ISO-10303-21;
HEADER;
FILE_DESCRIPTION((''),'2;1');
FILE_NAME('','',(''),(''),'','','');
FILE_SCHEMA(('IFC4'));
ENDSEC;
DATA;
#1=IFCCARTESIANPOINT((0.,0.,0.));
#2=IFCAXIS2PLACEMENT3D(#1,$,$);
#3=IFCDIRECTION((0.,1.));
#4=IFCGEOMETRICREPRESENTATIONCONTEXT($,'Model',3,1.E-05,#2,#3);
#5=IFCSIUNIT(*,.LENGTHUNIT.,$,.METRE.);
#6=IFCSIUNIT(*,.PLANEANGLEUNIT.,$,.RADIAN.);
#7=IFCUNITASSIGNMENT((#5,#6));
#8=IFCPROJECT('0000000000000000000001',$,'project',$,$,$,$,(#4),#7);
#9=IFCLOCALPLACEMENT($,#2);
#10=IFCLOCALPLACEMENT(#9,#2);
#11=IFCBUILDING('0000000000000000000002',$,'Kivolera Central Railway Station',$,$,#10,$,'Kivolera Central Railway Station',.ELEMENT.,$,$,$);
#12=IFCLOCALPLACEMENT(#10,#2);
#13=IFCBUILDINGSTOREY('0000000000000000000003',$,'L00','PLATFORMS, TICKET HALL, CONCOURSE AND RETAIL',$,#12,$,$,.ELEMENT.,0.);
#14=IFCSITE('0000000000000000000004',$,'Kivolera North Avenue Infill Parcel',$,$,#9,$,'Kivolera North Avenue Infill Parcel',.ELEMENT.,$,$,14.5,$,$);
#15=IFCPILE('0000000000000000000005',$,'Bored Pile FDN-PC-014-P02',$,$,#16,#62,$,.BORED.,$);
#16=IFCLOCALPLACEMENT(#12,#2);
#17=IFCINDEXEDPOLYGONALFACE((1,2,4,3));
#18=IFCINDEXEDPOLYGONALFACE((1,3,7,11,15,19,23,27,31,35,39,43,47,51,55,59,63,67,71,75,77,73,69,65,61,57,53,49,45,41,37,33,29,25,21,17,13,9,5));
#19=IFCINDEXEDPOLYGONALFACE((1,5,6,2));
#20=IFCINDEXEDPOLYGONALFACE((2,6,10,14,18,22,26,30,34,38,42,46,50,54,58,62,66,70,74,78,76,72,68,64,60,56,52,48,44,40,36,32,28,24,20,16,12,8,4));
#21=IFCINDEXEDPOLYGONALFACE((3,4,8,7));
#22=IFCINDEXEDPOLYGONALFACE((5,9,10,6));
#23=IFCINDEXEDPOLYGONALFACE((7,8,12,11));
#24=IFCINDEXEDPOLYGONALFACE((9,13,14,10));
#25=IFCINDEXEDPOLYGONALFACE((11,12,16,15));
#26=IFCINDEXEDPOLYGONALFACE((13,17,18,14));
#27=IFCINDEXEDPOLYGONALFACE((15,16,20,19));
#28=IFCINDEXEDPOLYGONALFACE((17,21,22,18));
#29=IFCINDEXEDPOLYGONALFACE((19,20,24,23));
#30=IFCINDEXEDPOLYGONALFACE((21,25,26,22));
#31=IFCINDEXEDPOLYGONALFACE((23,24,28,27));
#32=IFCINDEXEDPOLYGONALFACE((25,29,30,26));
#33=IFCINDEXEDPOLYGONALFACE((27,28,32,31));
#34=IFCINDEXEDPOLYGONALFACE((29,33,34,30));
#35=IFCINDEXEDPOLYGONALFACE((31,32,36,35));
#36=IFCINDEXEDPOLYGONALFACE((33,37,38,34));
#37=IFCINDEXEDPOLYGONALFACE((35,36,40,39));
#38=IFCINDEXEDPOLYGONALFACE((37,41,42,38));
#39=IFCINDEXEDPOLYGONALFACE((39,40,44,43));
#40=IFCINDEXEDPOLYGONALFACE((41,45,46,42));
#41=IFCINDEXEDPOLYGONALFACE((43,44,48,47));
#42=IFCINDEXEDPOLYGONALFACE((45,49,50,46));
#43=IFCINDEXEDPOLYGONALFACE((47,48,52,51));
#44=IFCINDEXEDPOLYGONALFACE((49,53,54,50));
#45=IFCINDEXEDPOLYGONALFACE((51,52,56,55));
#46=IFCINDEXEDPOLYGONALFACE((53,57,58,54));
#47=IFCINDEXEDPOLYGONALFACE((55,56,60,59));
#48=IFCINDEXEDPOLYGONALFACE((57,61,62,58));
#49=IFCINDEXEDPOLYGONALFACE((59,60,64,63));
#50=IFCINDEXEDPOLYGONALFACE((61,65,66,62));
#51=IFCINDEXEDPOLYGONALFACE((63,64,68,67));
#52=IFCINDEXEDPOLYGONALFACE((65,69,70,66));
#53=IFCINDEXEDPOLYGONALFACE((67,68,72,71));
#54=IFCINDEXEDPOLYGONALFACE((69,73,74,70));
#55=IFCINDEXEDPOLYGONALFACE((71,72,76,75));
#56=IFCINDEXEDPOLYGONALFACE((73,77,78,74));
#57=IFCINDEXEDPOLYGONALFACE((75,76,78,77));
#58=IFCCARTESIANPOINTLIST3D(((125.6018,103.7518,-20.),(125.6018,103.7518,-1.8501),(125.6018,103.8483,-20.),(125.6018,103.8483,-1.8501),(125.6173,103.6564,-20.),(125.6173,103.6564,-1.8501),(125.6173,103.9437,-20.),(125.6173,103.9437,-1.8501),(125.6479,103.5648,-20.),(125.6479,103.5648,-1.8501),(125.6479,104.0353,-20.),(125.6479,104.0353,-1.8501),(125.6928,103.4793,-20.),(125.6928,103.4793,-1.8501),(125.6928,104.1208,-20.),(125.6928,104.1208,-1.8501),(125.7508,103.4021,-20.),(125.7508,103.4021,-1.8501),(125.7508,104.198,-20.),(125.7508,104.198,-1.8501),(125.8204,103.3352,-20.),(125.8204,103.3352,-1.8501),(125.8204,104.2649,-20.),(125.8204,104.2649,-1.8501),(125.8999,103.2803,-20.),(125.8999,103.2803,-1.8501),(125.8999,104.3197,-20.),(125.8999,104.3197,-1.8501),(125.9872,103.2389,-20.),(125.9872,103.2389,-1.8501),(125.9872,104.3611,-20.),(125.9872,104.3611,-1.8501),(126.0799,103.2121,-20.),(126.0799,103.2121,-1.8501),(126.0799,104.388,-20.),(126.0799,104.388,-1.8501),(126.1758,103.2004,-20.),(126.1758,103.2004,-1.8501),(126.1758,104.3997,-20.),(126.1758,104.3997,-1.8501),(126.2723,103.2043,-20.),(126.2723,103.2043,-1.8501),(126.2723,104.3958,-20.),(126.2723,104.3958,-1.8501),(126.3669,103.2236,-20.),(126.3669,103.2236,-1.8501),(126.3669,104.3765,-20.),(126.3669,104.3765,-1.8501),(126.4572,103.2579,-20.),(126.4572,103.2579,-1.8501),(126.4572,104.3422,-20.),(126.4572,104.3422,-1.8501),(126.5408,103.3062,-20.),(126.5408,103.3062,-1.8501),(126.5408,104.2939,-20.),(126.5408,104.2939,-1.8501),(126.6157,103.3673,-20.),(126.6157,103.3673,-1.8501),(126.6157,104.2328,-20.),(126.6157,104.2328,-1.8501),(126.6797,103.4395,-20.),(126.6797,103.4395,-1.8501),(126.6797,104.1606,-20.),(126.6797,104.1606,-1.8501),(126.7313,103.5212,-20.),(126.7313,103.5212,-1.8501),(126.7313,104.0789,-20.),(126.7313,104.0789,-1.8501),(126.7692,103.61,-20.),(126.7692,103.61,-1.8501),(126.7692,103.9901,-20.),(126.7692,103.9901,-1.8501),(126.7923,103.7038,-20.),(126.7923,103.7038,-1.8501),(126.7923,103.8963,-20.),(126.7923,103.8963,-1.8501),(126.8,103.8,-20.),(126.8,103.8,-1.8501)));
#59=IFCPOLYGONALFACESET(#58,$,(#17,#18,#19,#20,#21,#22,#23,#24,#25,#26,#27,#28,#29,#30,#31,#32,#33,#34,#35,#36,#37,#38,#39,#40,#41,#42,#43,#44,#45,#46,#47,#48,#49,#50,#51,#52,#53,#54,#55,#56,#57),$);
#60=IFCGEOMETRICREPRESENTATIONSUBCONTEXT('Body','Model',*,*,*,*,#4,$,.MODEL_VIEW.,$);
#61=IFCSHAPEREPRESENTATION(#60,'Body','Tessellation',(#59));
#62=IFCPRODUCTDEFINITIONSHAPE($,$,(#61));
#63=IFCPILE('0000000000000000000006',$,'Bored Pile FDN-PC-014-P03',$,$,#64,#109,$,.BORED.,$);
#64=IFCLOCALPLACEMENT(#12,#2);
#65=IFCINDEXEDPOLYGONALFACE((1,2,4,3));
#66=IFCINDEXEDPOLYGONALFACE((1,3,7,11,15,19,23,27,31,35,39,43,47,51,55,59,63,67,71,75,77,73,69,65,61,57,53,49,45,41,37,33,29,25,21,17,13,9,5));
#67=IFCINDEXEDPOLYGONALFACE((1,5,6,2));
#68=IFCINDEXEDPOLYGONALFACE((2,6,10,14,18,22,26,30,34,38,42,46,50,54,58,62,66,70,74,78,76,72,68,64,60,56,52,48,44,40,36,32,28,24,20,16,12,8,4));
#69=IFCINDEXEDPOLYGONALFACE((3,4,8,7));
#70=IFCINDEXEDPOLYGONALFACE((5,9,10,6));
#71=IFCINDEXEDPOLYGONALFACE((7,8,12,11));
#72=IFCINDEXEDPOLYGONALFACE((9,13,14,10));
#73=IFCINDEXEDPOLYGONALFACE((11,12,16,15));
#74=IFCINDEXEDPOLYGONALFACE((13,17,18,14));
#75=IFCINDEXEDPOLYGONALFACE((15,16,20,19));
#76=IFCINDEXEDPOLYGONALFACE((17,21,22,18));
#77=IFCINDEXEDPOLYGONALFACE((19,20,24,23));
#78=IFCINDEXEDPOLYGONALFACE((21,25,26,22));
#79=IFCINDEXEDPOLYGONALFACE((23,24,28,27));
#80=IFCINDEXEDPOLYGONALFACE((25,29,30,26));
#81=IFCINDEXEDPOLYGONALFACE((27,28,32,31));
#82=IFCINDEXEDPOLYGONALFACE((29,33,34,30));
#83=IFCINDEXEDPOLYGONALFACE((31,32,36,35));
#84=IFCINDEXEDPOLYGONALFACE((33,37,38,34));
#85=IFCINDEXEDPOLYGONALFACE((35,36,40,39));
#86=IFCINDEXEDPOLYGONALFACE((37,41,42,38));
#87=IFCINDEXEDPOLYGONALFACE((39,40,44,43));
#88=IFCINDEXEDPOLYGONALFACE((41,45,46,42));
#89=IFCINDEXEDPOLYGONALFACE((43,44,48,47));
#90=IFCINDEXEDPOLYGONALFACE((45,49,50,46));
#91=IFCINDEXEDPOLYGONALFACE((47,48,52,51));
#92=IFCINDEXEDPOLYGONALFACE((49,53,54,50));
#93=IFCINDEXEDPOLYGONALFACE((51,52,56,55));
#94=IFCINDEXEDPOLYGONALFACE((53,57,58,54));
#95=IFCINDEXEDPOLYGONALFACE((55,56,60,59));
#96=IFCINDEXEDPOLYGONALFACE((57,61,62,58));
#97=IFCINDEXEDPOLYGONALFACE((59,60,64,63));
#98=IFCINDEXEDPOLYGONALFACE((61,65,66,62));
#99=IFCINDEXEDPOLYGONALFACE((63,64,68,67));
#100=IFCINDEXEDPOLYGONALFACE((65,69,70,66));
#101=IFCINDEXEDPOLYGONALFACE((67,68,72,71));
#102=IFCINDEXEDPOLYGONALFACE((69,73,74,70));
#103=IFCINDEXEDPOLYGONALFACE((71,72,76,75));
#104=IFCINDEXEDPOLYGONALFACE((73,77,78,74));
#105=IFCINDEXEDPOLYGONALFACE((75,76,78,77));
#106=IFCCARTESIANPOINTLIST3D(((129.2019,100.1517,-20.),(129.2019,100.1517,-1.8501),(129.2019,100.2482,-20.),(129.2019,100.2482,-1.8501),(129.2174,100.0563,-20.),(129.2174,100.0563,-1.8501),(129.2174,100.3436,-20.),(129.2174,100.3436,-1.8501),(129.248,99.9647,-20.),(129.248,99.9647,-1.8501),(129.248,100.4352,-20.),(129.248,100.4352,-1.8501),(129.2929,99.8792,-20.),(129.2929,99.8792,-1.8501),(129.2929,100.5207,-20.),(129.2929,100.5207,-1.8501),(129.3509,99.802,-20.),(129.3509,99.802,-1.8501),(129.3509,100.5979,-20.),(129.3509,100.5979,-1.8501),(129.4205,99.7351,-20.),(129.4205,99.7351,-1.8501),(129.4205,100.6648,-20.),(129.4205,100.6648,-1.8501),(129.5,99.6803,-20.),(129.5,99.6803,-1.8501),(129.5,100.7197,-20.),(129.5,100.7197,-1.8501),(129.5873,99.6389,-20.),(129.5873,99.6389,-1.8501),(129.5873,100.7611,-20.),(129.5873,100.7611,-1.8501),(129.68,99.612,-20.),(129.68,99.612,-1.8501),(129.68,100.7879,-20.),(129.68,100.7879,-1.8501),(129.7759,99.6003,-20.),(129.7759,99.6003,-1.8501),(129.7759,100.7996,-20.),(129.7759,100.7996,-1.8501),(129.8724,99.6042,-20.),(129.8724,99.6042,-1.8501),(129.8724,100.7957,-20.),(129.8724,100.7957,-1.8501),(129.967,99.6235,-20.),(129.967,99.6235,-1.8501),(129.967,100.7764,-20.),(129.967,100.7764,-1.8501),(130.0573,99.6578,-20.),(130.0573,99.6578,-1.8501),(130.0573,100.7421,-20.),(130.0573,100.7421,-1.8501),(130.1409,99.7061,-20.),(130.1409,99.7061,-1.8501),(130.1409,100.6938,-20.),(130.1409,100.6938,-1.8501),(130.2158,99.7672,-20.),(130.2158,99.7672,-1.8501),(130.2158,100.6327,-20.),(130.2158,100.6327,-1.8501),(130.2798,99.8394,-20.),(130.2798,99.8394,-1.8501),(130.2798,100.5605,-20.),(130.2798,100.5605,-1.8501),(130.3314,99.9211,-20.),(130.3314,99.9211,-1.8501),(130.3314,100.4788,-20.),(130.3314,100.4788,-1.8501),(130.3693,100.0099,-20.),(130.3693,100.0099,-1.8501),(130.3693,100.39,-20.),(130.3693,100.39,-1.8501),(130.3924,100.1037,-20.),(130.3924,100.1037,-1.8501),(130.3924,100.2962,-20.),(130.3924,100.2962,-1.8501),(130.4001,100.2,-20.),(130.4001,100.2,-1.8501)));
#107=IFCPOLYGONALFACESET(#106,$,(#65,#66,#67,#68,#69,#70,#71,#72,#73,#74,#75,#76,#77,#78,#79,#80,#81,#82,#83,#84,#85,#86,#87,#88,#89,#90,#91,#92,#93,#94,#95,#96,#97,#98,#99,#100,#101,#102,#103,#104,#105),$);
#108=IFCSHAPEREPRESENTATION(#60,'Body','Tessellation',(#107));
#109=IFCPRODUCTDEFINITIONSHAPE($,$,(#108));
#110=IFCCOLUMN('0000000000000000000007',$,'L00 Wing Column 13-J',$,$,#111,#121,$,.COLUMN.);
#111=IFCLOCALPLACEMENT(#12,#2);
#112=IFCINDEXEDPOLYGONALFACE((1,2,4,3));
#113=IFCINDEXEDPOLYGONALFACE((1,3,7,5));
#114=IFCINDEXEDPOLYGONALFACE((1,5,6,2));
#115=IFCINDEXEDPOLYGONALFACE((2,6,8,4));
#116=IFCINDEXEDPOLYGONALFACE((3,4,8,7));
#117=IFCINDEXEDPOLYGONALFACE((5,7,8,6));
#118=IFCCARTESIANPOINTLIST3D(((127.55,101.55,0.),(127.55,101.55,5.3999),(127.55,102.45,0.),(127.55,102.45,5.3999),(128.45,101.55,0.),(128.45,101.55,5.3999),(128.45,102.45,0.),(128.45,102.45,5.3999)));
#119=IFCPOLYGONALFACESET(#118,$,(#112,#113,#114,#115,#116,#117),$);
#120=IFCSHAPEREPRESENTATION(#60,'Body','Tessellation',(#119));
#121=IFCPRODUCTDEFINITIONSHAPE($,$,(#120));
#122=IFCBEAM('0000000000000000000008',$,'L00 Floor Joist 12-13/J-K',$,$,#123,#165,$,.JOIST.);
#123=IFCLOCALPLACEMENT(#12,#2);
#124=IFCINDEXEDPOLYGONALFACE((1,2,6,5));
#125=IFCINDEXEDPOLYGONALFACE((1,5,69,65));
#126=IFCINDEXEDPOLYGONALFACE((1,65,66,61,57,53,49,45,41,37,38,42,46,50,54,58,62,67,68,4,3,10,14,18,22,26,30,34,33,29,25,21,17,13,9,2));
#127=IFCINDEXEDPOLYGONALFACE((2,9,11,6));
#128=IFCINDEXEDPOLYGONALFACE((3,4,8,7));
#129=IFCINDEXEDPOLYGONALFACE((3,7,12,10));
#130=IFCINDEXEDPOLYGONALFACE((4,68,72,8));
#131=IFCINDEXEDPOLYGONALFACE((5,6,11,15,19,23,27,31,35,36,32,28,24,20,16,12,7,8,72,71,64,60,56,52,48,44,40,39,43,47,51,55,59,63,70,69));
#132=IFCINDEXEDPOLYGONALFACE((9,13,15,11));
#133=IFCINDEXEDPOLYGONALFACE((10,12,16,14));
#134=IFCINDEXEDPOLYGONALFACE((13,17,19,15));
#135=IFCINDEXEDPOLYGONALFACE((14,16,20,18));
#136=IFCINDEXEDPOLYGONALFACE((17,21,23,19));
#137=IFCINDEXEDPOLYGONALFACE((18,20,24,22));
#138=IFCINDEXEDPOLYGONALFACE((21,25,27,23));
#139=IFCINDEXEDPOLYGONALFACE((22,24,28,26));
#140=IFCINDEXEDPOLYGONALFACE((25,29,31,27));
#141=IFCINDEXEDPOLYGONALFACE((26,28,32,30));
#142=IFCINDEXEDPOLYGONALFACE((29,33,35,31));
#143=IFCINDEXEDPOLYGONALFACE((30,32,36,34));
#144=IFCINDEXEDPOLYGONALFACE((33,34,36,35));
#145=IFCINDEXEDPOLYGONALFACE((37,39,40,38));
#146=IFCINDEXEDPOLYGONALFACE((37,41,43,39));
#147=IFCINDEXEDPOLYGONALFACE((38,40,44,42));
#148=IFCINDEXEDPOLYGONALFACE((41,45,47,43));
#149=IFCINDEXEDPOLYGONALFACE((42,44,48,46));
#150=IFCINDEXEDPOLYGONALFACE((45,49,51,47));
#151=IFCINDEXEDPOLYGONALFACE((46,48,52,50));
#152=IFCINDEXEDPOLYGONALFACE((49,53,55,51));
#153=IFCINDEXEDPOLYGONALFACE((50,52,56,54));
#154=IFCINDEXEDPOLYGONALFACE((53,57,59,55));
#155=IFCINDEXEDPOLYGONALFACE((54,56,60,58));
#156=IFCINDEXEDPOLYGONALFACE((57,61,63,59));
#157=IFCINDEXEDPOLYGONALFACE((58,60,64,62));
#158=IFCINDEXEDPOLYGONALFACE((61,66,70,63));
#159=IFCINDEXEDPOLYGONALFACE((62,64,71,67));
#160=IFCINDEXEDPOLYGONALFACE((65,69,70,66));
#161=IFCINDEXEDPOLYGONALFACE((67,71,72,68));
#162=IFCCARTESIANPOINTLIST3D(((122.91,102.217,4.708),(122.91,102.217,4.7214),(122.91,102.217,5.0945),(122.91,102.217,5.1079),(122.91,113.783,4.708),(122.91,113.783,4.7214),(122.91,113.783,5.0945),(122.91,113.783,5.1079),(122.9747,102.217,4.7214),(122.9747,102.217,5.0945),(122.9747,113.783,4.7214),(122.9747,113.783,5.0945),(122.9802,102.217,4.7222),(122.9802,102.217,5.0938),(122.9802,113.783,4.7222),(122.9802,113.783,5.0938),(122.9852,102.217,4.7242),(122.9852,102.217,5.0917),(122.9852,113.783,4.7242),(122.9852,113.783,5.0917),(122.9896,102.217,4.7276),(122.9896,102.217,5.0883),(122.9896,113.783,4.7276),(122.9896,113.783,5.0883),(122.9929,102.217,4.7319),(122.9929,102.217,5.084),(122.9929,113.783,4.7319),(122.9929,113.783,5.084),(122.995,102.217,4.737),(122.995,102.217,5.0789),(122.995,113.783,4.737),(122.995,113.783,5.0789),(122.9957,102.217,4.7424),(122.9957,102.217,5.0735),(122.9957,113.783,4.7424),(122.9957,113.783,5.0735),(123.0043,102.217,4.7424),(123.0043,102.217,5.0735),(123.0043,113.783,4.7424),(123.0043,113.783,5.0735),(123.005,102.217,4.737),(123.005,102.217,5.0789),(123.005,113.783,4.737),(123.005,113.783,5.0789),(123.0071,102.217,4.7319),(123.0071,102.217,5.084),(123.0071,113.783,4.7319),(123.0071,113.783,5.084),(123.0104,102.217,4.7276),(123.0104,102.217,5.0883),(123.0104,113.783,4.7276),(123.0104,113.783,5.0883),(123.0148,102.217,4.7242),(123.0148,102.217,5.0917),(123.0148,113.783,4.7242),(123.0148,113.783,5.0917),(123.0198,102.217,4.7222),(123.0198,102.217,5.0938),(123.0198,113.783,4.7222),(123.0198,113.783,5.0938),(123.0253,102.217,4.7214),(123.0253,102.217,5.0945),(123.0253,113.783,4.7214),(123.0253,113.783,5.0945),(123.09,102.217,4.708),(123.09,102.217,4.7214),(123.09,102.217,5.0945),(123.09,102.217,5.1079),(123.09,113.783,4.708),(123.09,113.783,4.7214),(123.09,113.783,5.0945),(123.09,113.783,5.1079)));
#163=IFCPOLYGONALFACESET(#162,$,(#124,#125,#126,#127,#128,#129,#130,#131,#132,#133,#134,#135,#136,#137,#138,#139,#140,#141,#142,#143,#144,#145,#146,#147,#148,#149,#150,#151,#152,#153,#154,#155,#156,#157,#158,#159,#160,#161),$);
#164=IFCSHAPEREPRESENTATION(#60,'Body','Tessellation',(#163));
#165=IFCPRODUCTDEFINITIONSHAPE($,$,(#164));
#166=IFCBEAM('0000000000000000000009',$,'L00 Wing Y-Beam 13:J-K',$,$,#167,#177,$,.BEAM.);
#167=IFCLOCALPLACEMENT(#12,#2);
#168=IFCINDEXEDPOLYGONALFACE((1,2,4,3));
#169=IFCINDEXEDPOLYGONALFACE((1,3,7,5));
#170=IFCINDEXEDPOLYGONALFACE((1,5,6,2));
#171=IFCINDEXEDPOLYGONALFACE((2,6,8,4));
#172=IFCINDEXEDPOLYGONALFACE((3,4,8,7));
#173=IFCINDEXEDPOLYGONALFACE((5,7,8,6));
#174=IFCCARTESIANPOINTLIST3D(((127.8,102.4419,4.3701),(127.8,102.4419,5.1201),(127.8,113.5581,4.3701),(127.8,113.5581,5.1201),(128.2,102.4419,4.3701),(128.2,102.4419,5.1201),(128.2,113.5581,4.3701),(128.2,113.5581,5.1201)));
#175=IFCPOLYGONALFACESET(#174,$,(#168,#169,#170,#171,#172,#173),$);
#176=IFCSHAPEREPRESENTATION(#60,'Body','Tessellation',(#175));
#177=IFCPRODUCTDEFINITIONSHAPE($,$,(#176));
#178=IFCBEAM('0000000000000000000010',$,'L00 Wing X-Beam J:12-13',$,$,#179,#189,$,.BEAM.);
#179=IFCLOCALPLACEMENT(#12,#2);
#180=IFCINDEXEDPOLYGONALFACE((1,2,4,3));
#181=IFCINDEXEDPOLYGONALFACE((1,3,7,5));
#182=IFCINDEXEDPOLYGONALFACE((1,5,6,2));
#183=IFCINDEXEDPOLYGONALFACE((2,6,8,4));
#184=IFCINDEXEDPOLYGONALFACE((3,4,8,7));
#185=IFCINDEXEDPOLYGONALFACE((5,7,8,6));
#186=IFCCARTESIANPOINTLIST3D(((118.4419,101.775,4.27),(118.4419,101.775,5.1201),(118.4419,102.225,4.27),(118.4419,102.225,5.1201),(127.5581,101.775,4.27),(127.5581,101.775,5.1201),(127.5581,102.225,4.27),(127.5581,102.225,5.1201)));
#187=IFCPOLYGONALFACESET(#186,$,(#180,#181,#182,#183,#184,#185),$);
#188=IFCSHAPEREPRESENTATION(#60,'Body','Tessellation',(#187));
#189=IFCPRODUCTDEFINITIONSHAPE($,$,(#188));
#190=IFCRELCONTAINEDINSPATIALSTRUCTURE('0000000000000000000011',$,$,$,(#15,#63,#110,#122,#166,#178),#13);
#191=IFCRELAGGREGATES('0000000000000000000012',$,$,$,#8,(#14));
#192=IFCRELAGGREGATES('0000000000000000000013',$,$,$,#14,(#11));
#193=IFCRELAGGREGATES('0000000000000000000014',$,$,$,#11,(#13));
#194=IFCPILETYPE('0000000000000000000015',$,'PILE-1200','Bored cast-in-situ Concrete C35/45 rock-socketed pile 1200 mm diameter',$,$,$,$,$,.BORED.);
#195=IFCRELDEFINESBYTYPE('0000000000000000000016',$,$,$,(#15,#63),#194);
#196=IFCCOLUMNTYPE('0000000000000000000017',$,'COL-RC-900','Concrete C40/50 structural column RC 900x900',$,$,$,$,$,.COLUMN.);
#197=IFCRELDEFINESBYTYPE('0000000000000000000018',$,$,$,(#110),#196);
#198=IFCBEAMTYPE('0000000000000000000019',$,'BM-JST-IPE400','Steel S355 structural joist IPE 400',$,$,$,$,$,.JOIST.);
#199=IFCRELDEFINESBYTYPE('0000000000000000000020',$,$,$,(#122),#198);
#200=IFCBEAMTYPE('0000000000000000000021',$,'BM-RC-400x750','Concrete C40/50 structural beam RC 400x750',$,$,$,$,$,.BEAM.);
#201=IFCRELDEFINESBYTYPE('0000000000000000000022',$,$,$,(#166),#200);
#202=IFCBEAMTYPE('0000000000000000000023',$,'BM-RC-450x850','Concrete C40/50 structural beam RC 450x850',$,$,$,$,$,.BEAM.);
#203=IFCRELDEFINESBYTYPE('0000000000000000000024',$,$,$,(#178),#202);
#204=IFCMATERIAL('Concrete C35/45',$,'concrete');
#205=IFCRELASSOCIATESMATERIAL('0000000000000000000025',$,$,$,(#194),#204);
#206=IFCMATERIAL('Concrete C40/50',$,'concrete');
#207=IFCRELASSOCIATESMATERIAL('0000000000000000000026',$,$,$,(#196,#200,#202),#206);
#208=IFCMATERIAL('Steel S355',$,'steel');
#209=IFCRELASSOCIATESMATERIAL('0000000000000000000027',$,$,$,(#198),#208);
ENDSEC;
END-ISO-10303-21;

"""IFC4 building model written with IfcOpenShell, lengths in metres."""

from ifc_helpers import new_model, si_unit, direction, frame, origin, origin_2d, place, context, subcontext, project, spatial, rectangle, circle, i_section, extrude, material, material_profile, profile_set, type_object, element, save


model = new_model("IFC4")

# Units and contexts
model_context = context("Model", 3, precision=1e-05, world=origin(), true_north=direction((0.0, 1.0)))
body_context = subcontext(model_context, "Body", "Model", "MODEL_VIEW")
ifc_project = project(units=[si_unit("LENGTHUNIT", "METRE"), si_unit("PLANEANGLEUNIT", "RADIAN")], contexts=[model_context])

# Site, building, storey
site_placement = place(None, origin())
site = spatial("IfcSite", under=ifc_project, at=site_placement, Name="Kivolera North Avenue Infill Parcel", LongName="Kivolera North Avenue Infill Parcel", CompositionType="ELEMENT", RefElevation=14.5)
building_placement = place(site_placement, origin())
building = spatial("IfcBuilding", under=site, at=building_placement, Name="Kivolera Central Railway Station", LongName="Kivolera Central Railway Station", CompositionType="ELEMENT")
storey_placement = place(building_placement, origin())
storey = spatial("IfcBuildingStorey", under=building, at=storey_placement, Name="L00", Description="PLATFORMS, TICKET HALL, CONCOURSE AND RETAIL", CompositionType="ELEMENT", Elevation=0.0)

# Shared definitions
ifc_material_1 = material(Name="Concrete C35/45", Category="concrete")

# Piles
ifc_material_profile_1 = material_profile(ifc_material_1, circle(Radius=0.6001, at=origin_2d()), Name="PILE D1200")
ifc_profile_set_1 = profile_set([ifc_material_profile_1], Name="Concrete C35/45")
pile_type = type_object("IfcPileType", Name="PILE-1200", Description="Bored cast-in-situ Concrete C35/45 rock-socketed pile 1200 mm diameter", PredefinedType="BORED", material=ifc_profile_set_1)
for number, where, z_axis, x_axis, name in (
    (1, (126.2, 103.8, -1.8501), (0.0, 0.0, -1.0), (1.0, 0.0, 0.0), "Bored Pile FDN-PC-014-P02"),
    (2, (129.8, 100.2, -1.8501), (0.0, 0.0, -1.0), (1.0, 0.0, 0.0), "Bored Pile FDN-PC-014-P03"),
):
    element("IfcPile", number, at=place(storey_placement, frame(where, z_axis=z_axis, x_axis=x_axis)), inside=storey, type_object=pile_type, Name=name, PredefinedType="BORED", context=body_context, shape_type="SweptSolid", body=[
        extrude(circle(Radius=0.6001, at=origin_2d()), origin(), (0.0, 0.0, 1.0), 18.1499),
    ])

# Column
ifc_material_2 = material(Name="Concrete C40/50", Category="concrete")
ifc_material_profile_2 = material_profile(ifc_material_2, rectangle(XDim=0.8999, YDim=0.8999, at=origin_2d()), Name="RC 900x900")
ifc_profile_set_2 = profile_set([ifc_material_profile_2], Name="Concrete C40/50")
column_type = type_object("IfcColumnType", Name="COL-RC-900", Description="Concrete C40/50 structural column RC 900x900", PredefinedType="COLUMN", material=ifc_profile_set_2)
column_placement = place(storey_placement, frame((128.0, 102.0, 0.0), z_axis=(0.0, 0.0, 1.0), x_axis=(1.0, 0.0, 0.0)))
element("IfcColumn", 3, at=column_placement, inside=storey, type_object=column_type, Name="L00 Wing Column 13-J", PredefinedType="COLUMN", context=body_context, shape_type="SweptSolid", body=[
    extrude(rectangle(XDim=0.8999, YDim=0.8999, at=origin_2d()), origin(), (0.0, 0.0, 1.0), 5.3999),
])

# Beams
ifc_material_3 = material(Name="Steel S355", Category="steel")
ifc_material_profile_3 = material_profile(ifc_material_3, i_section(OverallWidth=0.1799, OverallDepth=0.3999, WebThickness=0.0085, FlangeThickness=0.0134, FilletRadius=0.021, at=origin_2d()), Name="IPE 400")
ifc_profile_set_3 = profile_set([ifc_material_profile_3], Name="Steel S355")
beam_type_1 = type_object("IfcBeamType", Name="BM-JST-IPE400", Description="Steel S355 structural joist IPE 400", PredefinedType="JOIST", material=ifc_profile_set_3)
beam_1_placement = place(storey_placement, frame((123.0, 102.217, 4.908), z_axis=(0.0, 1.0, 0.0), x_axis=(-1.0, 0.0, 0.0)))
element("IfcBeam", 4, at=beam_1_placement, inside=storey, type_object=beam_type_1, Name="L00 Floor Joist 12-13/J-K", PredefinedType="JOIST", context=body_context, shape_type="SweptSolid", body=[
    extrude(i_section(OverallWidth=0.1799, OverallDepth=0.3999, WebThickness=0.0085, FlangeThickness=0.0134, FilletRadius=0.021, at=origin_2d()), origin(), (0.0, 0.0, 1.0), 11.5659),
])
ifc_material_profile_4 = material_profile(ifc_material_2, rectangle(XDim=0.3999, YDim=0.75, at=origin_2d()), Name="RC 400x750")
ifc_profile_set_4 = profile_set([ifc_material_profile_4], Name="Concrete C40/50")
beam_type_2 = type_object("IfcBeamType", Name="BM-RC-400x750", Description="Concrete C40/50 structural beam RC 400x750", PredefinedType="BEAM", material=ifc_profile_set_4)
beam_2_placement = place(storey_placement, frame((128.0, 102.4419, 4.7451), z_axis=(0.0, 1.0, 0.0), x_axis=(-1.0, 0.0, 0.0)))
element("IfcBeam", 5, at=beam_2_placement, inside=storey, type_object=beam_type_2, Name="L00 Wing Y-Beam 13:J-K", PredefinedType="BEAM", context=body_context, shape_type="SweptSolid", body=[
    extrude(rectangle(XDim=0.3999, YDim=0.75, at=origin_2d()), origin(), (0.0, 0.0, 1.0), 11.1162),
])
ifc_material_profile_5 = material_profile(ifc_material_2, rectangle(XDim=0.45, YDim=0.8501, at=origin_2d()), Name="RC 450x850")
ifc_profile_set_5 = profile_set([ifc_material_profile_5], Name="Concrete C40/50")
beam_type_3 = type_object("IfcBeamType", Name="BM-RC-450x850", Description="Concrete C40/50 structural beam RC 450x850", PredefinedType="BEAM", material=ifc_profile_set_5)
for number, where, z_axis, x_axis, name in (
    (6, (118.4419, 102.0, 4.6951), (1.0, 0.0, 0.0), (0.0, 1.0, 0.0), "L00 Wing X-Beam J:12-13"),
):
    element("IfcBeam", number, at=place(storey_placement, frame(where, z_axis=z_axis, x_axis=x_axis)), inside=storey, type_object=beam_type_3, Name=name, PredefinedType="BEAM", context=body_context, shape_type="SweptSolid", body=[
        extrude(rectangle(XDim=0.45, YDim=0.8501, at=origin_2d()), origin(), (0.0, 0.0, 1.0), 9.1162),
    ])

save(model, "model.ifc")
